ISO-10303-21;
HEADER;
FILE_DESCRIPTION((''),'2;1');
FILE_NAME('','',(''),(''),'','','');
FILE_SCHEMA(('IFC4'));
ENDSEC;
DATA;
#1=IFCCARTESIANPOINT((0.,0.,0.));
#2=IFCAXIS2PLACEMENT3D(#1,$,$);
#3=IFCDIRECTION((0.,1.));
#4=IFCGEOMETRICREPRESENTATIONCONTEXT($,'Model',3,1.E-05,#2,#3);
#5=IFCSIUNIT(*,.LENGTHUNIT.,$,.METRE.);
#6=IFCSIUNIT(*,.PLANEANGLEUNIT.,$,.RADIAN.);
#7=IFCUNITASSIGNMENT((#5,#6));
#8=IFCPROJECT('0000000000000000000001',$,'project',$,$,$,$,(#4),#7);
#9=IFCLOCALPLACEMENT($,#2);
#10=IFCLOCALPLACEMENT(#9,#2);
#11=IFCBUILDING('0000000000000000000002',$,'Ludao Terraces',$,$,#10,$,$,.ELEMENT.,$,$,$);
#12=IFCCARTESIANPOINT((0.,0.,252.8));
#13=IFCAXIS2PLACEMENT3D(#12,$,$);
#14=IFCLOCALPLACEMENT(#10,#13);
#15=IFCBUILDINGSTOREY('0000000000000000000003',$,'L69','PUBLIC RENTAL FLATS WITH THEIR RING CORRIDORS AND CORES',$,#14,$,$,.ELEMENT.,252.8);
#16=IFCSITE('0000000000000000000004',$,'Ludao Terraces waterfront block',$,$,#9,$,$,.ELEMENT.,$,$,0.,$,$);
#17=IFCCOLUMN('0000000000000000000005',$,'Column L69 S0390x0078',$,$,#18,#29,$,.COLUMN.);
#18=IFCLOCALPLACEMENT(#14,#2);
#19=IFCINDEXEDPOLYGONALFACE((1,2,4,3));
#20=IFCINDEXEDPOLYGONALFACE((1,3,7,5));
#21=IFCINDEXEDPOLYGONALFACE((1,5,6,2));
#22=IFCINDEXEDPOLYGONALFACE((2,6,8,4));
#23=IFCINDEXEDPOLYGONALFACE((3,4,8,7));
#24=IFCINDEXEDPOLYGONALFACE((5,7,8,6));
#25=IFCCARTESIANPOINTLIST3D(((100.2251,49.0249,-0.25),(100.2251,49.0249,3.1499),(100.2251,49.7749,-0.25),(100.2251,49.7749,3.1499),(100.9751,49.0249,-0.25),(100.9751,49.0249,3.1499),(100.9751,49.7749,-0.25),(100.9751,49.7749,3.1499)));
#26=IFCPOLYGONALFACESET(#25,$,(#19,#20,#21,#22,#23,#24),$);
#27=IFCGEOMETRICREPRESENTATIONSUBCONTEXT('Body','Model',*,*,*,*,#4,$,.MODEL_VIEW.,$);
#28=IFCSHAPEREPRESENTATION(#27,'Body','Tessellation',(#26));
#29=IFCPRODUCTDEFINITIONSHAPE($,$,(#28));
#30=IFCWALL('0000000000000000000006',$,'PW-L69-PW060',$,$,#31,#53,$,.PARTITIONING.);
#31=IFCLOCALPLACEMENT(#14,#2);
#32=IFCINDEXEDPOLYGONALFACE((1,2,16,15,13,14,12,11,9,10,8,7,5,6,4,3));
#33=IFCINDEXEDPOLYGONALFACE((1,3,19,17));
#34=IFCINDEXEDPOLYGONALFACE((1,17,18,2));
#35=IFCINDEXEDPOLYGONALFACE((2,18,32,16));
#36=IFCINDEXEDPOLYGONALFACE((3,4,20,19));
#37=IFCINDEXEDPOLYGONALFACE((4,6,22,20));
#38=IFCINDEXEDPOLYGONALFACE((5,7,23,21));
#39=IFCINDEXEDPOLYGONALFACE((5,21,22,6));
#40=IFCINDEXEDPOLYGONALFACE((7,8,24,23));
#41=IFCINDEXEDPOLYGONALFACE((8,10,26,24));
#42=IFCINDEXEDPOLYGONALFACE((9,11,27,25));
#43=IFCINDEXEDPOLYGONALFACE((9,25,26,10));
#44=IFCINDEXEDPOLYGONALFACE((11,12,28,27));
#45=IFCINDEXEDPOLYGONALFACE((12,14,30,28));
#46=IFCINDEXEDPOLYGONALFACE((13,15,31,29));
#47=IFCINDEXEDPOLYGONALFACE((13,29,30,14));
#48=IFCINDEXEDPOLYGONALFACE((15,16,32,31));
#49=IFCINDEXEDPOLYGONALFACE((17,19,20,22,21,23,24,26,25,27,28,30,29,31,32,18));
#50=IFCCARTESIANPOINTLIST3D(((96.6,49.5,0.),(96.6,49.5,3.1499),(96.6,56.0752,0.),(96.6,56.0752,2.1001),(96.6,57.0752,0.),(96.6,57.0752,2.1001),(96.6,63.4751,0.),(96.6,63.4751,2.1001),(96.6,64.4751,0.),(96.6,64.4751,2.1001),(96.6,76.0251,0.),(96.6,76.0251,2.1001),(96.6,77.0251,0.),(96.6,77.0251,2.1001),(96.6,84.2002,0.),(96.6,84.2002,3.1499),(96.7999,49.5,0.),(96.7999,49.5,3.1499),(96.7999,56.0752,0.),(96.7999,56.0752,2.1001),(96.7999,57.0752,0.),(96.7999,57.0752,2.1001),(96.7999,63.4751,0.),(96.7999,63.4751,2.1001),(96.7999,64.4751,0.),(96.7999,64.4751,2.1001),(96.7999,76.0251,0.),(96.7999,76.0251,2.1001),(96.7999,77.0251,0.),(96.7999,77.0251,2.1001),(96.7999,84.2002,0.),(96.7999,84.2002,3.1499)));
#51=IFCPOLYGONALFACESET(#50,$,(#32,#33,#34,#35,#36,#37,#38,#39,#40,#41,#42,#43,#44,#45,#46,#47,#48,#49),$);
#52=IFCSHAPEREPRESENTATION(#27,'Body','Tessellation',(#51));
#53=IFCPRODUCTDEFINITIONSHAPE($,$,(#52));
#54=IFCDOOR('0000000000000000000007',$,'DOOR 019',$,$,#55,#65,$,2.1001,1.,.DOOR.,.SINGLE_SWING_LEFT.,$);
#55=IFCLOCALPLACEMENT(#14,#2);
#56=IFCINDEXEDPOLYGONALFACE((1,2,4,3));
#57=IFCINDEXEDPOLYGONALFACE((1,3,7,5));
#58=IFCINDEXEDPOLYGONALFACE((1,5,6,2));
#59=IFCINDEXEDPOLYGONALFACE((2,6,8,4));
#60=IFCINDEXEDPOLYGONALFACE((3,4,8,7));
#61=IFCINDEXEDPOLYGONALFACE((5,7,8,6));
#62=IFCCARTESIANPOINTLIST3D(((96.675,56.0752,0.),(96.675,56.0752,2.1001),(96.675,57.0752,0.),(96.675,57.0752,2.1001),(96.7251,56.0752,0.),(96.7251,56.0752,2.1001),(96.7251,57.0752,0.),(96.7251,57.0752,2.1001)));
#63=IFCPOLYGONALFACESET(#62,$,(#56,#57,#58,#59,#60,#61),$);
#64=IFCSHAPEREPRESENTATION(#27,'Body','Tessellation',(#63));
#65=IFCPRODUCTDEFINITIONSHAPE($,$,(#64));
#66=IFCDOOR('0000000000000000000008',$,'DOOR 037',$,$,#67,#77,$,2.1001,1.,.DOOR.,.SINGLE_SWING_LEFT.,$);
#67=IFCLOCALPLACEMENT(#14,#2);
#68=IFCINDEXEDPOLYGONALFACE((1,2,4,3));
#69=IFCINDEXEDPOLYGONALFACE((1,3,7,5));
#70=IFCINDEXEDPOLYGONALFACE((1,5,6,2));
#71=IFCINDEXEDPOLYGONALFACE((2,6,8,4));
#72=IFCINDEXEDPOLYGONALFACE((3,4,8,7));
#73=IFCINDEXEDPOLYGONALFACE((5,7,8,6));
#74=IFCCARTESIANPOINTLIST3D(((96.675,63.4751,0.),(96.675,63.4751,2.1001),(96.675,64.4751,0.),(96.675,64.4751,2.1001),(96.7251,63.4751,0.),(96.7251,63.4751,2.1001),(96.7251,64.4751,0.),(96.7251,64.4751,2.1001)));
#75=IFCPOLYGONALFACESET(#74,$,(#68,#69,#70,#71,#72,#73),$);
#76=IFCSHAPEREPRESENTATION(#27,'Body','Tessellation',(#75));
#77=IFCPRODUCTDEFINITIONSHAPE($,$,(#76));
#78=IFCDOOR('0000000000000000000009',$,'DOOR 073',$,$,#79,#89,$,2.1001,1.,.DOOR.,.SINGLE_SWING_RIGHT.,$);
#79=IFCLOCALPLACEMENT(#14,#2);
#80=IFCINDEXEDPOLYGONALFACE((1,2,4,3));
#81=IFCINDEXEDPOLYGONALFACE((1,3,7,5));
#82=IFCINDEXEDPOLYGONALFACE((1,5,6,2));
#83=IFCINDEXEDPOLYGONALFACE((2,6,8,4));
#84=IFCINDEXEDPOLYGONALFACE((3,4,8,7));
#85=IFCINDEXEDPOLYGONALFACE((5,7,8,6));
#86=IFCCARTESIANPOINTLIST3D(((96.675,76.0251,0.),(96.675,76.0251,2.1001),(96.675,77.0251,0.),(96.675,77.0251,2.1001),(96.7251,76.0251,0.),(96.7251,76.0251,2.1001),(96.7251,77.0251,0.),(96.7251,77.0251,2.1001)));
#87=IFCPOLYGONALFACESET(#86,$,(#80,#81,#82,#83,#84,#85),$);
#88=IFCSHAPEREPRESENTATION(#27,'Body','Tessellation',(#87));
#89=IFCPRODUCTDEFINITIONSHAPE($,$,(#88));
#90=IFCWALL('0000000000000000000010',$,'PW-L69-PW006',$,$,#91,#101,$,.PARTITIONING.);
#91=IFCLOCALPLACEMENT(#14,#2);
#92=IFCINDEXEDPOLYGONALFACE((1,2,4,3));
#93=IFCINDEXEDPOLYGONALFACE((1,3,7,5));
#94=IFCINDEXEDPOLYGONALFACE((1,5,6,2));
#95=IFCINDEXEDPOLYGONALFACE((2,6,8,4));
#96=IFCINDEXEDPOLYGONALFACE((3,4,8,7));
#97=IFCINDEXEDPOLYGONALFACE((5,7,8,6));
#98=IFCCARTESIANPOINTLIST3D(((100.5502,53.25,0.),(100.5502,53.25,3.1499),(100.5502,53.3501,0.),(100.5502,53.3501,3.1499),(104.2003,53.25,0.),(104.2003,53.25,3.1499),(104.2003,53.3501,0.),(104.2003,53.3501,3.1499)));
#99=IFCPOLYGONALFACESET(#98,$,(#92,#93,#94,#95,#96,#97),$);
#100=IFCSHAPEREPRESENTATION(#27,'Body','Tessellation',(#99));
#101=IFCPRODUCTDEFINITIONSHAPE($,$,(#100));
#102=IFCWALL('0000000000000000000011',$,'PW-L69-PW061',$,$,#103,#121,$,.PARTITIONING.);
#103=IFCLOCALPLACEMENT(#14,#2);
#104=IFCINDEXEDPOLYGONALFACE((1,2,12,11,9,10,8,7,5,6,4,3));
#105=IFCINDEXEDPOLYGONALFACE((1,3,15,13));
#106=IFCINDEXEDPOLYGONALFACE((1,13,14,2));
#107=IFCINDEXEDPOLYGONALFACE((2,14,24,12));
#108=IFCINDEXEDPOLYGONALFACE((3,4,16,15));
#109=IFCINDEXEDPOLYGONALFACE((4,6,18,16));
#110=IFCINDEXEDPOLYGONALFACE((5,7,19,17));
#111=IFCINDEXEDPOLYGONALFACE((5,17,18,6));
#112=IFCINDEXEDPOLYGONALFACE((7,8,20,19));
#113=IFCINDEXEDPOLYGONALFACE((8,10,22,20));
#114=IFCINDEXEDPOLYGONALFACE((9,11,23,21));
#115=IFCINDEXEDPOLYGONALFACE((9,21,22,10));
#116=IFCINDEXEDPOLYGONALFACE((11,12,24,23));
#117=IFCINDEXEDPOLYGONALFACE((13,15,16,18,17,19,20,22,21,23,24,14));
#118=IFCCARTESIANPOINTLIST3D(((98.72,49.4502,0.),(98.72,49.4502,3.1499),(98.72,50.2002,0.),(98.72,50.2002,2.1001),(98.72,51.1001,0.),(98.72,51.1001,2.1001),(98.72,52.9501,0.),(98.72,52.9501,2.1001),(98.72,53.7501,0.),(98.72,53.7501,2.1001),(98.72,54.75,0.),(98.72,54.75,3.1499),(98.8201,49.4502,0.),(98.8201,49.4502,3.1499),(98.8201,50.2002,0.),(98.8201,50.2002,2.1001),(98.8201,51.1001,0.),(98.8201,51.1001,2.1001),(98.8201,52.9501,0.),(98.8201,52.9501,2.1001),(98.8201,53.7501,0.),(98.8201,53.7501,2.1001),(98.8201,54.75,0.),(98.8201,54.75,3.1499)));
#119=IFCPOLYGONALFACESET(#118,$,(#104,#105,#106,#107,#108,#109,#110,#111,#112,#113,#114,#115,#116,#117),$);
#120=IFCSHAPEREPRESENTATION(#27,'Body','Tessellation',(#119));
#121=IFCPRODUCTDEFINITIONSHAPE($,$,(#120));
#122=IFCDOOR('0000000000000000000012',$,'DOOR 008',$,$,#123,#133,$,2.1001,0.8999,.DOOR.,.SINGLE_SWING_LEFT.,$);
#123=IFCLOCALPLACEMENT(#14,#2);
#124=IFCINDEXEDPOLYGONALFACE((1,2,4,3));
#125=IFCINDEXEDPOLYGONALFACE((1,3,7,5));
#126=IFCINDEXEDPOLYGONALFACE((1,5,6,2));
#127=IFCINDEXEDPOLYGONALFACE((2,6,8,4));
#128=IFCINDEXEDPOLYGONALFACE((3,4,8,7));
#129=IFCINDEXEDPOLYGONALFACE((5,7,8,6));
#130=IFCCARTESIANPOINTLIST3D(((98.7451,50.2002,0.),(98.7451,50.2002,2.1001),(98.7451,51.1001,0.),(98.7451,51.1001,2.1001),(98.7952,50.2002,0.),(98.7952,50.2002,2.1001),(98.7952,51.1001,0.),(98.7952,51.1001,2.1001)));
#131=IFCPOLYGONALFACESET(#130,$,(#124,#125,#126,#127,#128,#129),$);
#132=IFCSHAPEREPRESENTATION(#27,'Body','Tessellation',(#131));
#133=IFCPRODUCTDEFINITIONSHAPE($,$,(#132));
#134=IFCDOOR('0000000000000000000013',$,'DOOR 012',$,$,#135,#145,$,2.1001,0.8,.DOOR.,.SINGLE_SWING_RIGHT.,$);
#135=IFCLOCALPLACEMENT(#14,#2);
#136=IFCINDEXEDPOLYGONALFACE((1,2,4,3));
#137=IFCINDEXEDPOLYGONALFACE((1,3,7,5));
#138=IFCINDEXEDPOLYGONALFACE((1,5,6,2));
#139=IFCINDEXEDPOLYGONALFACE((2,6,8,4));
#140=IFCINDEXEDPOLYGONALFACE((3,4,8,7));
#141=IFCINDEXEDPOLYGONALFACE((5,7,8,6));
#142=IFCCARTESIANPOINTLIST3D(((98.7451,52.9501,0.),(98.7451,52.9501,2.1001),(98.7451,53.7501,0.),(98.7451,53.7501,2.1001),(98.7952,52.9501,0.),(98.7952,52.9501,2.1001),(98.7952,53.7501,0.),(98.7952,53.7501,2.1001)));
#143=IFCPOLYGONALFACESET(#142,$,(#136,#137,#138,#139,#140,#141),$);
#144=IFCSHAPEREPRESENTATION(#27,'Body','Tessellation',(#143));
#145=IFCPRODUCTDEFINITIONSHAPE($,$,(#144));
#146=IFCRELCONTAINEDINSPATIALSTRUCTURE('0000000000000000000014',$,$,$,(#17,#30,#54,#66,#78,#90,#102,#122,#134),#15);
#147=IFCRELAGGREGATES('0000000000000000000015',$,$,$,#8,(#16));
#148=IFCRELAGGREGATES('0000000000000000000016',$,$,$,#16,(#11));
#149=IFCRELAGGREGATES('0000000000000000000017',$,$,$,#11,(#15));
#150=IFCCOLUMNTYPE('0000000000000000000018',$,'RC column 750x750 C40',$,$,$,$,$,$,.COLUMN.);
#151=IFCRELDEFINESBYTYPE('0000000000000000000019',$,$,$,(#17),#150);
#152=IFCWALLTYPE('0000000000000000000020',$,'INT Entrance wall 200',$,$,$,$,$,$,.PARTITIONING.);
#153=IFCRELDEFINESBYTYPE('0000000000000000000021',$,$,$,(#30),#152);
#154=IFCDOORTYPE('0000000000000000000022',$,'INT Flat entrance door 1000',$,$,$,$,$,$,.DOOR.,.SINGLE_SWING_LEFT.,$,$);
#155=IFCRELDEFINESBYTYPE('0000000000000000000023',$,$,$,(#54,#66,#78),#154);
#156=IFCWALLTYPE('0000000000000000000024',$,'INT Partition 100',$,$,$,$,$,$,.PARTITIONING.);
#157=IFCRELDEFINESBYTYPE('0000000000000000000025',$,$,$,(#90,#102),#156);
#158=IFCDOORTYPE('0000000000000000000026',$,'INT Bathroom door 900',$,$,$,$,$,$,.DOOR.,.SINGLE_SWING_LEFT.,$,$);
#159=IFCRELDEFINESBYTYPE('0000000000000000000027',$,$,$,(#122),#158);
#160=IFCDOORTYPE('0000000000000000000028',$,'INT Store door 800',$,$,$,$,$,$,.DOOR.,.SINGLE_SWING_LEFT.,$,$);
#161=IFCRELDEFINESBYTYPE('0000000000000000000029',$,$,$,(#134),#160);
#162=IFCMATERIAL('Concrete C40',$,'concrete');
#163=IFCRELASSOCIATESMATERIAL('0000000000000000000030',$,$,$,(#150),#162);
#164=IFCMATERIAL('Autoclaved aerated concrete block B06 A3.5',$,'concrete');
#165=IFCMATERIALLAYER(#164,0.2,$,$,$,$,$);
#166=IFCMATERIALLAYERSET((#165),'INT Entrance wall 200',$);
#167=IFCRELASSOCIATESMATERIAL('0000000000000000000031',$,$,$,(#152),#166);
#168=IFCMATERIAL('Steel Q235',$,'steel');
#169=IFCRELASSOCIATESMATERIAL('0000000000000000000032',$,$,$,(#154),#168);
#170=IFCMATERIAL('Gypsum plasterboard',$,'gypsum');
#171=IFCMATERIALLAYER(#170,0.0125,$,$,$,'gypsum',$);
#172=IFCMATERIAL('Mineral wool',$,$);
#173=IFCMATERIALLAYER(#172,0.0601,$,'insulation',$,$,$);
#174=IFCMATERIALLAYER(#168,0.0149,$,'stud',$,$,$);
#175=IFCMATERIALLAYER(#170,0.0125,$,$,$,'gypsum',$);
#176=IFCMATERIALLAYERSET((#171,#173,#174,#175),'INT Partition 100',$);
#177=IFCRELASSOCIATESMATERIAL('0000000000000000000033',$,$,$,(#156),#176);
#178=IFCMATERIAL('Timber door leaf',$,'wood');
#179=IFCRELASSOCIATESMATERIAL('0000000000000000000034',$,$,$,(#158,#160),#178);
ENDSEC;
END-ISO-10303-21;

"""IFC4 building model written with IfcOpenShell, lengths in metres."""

from ifc_helpers import new_model, si_unit, direction, frame, frame_2d, origin, origin_2d, place, context, subcontext, project, spatial, rectangle, extrude, material, layer, layer_set, material_profile, profile_set, type_object, element, fill, save


model = new_model("IFC4")

# Units and contexts
model_context = context("Model", 3, precision=1e-05, world=origin(), true_north=direction((0.0, 1.0)))
body_context = subcontext(model_context, "Body", "Model", "MODEL_VIEW")
ifc_project = project(units=[si_unit("LENGTHUNIT", "METRE"), si_unit("PLANEANGLEUNIT", "RADIAN")], contexts=[model_context])

# Site, building, storey
site_placement = place(None, origin())
site = spatial("IfcSite", under=ifc_project, at=site_placement, Name="Ludao Terraces waterfront block", CompositionType="ELEMENT", RefElevation=0.0)
building_placement = place(site_placement, origin())
building = spatial("IfcBuilding", under=site, at=building_placement, Name="Ludao Terraces", CompositionType="ELEMENT")
storey_placement = place(building_placement, frame((0.0, 0.0, 252.8)))
storey = spatial("IfcBuildingStorey", under=building, at=storey_placement, Name="L69", Description="PUBLIC RENTAL FLATS WITH THEIR RING CORRIDORS AND CORES", CompositionType="ELEMENT", Elevation=252.8)

# Column
ifc_material_1 = material(Name="Concrete C40", Category="concrete")
ifc_material_profile = material_profile(ifc_material_1, rectangle(XDim=0.75, YDim=0.75, at=origin_2d()), Name="750 X 750")
ifc_profile_set = profile_set([ifc_material_profile], Name="Concrete C40")
column_type = type_object("IfcColumnType", Name="RC column 750x750 C40", PredefinedType="COLUMN", material=ifc_profile_set)
column_placement = place(storey_placement, frame((100.6001, 49.3999, -0.25), z_axis=(0.0, 0.0, 1.0), x_axis=(1.0, 0.0, 0.0)))
element("IfcColumn", 1, at=column_placement, inside=storey, type_object=column_type, Name="Column L69 S0390x0078", PredefinedType="COLUMN", context=body_context, shape_type="SweptSolid", body=[
    extrude(rectangle(XDim=0.75, YDim=0.75, at=origin_2d()), origin(), (0.0, 0.0, 1.0), 3.3999),
])

# Wall, openings, doors
ifc_material_2 = material(Name="Autoclaved aerated concrete block B06 A3.5", Category="concrete")
ifc_layer_1 = layer(ifc_material_2, 0.2)
ifc_layer_set_1 = layer_set([ifc_layer_1], Name="INT Entrance wall 200")
wall_type_1 = type_object("IfcWallType", Name="INT Entrance wall 200", PredefinedType="PARTITIONING", material=ifc_layer_set_1)
wall_1_placement = place(storey_placement, frame((96.7, 49.5, 0.0), z_axis=(0.0, 0.0, 1.0), x_axis=(0.0, 1.0, 0.0)))
wall_1 = element("IfcWall", 2, at=wall_1_placement, inside=storey, type_object=wall_type_1, Name="PW-L69-PW060", PredefinedType="PARTITIONING", context=body_context, shape_type="SweptSolid", body=[
    extrude(rectangle(XDim=34.7002, YDim=0.2, at=frame_2d((17.3501, 0.0))), origin(), (0.0, 0.0, 1.0), 3.1499),
])
opening_1_placement = place(wall_1_placement, frame((6.5752, 0.0, 0.0)))
opening_1 = element("IfcOpeningElement", 3, at=opening_1_placement, cuts=wall_1, PredefinedType="OPENING", context=body_context, shape_type="SweptSolid", body=[
    extrude(rectangle(XDim=1.0, YDim=2.1001, at=frame_2d((0.5, 1.05))), frame((0.0, 0.1099, 0.0), z_axis=(0.0, -1.0, 0.0), x_axis=(1.0, 0.0, 0.0)), (0.0, 0.0, 1.0), 0.22),
])
opening_2_placement = place(wall_1_placement, frame((13.9751, 0.0, 0.0)))
opening_2 = element("IfcOpeningElement", 4, at=opening_2_placement, cuts=wall_1, PredefinedType="OPENING", context=body_context, shape_type="SweptSolid", body=[
    extrude(rectangle(XDim=1.0, YDim=2.1001, at=frame_2d((0.5, 1.05))), frame((0.0, 0.1099, 0.0), z_axis=(0.0, -1.0, 0.0), x_axis=(1.0, 0.0, 0.0)), (0.0, 0.0, 1.0), 0.22),
])
opening_3_placement = place(wall_1_placement, frame((26.5251, 0.0, 0.0)))
opening_3 = element("IfcOpeningElement", 5, at=opening_3_placement, cuts=wall_1, PredefinedType="OPENING", context=body_context, shape_type="SweptSolid", body=[
    extrude(rectangle(XDim=1.0, YDim=2.1001, at=frame_2d((0.5, 1.05))), frame((0.0, 0.1099, 0.0), z_axis=(0.0, -1.0, 0.0), x_axis=(1.0, 0.0, 0.0)), (0.0, 0.0, 1.0), 0.22),
])
ifc_material_3 = material(Name="Steel Q235", Category="steel")
door_type_1 = type_object("IfcDoorType", Name="INT Flat entrance door 1000", OperationType="SINGLE_SWING_LEFT", PredefinedType="DOOR", material=ifc_material_3)
door_1_placement = place(opening_1_placement, origin())
door_1 = element("IfcDoor", 6, at=door_1_placement, inside=storey, type_object=door_type_1, Name="DOOR 019", OperationType="SINGLE_SWING_LEFT", OverallHeight=2.1001, OverallWidth=1.0, PredefinedType="DOOR", context=body_context, shape_type="SweptSolid", body=[
    extrude(rectangle(XDim=1.0, YDim=2.1001, at=frame_2d((0.5, 1.05))), frame((0.0, 0.0249, 0.0), z_axis=(0.0, -1.0, 0.0), x_axis=(1.0, 0.0, 0.0)), (0.0, 0.0, 1.0), 0.05),
])
fill(opening_1, door_1)
door_2_placement = place(opening_2_placement, origin())
door_2 = element("IfcDoor", 7, at=door_2_placement, inside=storey, type_object=door_type_1, Name="DOOR 037", OperationType="SINGLE_SWING_LEFT", OverallHeight=2.1001, OverallWidth=1.0, PredefinedType="DOOR", context=body_context, shape_type="SweptSolid", body=[
    extrude(rectangle(XDim=1.0, YDim=2.1001, at=frame_2d((0.5, 1.05))), frame((0.0, 0.0249, 0.0), z_axis=(0.0, -1.0, 0.0), x_axis=(1.0, 0.0, 0.0)), (0.0, 0.0, 1.0), 0.05),
])
fill(opening_2, door_2)
door_3_placement = place(opening_3_placement, origin())
door_3 = element("IfcDoor", 8, at=door_3_placement, inside=storey, type_object=door_type_1, Name="DOOR 073", OperationType="SINGLE_SWING_RIGHT", OverallHeight=2.1001, OverallWidth=1.0, PredefinedType="DOOR", context=body_context, shape_type="SweptSolid", body=[
    extrude(rectangle(XDim=1.0, YDim=2.1001, at=frame_2d((0.5, 1.05))), frame((0.0, 0.0249, 0.0), z_axis=(0.0, -1.0, 0.0), x_axis=(1.0, 0.0, 0.0)), (0.0, 0.0, 1.0), 0.05),
])
fill(opening_3, door_3)

# Wall
ifc_material_4 = material(Name="Gypsum plasterboard", Category="gypsum")
ifc_layer_2 = layer(ifc_material_4, 0.0125, Category="gypsum")
ifc_material_5 = material(Name="Mineral wool")
ifc_layer_3 = layer(ifc_material_5, 0.0601, Name="insulation")
ifc_layer_4 = layer(ifc_material_3, 0.0149, Name="stud")
ifc_layer_5 = layer(ifc_material_4, 0.0125, Category="gypsum")
ifc_layer_set_2 = layer_set([ifc_layer_2, ifc_layer_3, ifc_layer_4, ifc_layer_5], Name="INT Partition 100")
wall_type_2 = type_object("IfcWallType", Name="INT Partition 100", PredefinedType="PARTITIONING", material=ifc_layer_set_2)
wall_2_placement = place(storey_placement, frame((100.55, 53.3, 0.0), z_axis=(0.0, 0.0, 1.0), x_axis=(1.0, 0.0, 0.0)))
element("IfcWall", 9, at=wall_2_placement, inside=storey, type_object=wall_type_2, Name="PW-L69-PW006", PredefinedType="PARTITIONING", context=body_context, shape_type="SweptSolid", body=[
    extrude(rectangle(XDim=3.6501, YDim=0.1001, at=frame_2d((1.8252, 0.0))), origin(), (0.0, 0.0, 1.0), 3.1499),
])

# Wall, openings, doors
wall_3_placement = place(storey_placement, frame((98.77, 49.4502, 0.0), z_axis=(0.0, 0.0, 1.0), x_axis=(0.0, 1.0, 0.0)))
wall_3 = element("IfcWall", 10, at=wall_3_placement, inside=storey, type_object=wall_type_2, Name="PW-L69-PW061", PredefinedType="PARTITIONING", context=body_context, shape_type="SweptSolid", body=[
    extrude(rectangle(XDim=5.2998, YDim=0.1001, at=frame_2d((2.6499, 0.0))), origin(), (0.0, 0.0, 1.0), 3.1499),
])
opening_4_placement = place(wall_3_placement, frame((0.75, 0.0, 0.0)))
opening_4 = element("IfcOpeningElement", 11, at=opening_4_placement, cuts=wall_3, PredefinedType="OPENING", context=body_context, shape_type="SweptSolid", body=[
    extrude(rectangle(XDim=0.8999, YDim=2.1001, at=frame_2d((0.45, 1.05))), frame((0.0, 0.0601, 0.0), z_axis=(0.0, -1.0, 0.0), x_axis=(1.0, 0.0, 0.0)), (0.0, 0.0, 1.0), 0.1201),
])
opening_5_placement = place(wall_3_placement, frame((3.5, 0.0, 0.0)))
opening_5 = element("IfcOpeningElement", 12, at=opening_5_placement, cuts=wall_3, PredefinedType="OPENING", context=body_context, shape_type="SweptSolid", body=[
    extrude(rectangle(XDim=0.8, YDim=2.1001, at=frame_2d((0.3999, 1.05))), frame((0.0, 0.0601, 0.0), z_axis=(0.0, -1.0, 0.0), x_axis=(1.0, 0.0, 0.0)), (0.0, 0.0, 1.0), 0.1201),
])
ifc_material_6 = material(Name="Timber door leaf", Category="wood")
door_type_2 = type_object("IfcDoorType", Name="INT Bathroom door 900", OperationType="SINGLE_SWING_LEFT", PredefinedType="DOOR", material=ifc_material_6)
door_4_placement = place(opening_4_placement, origin())
door_4 = element("IfcDoor", 13, at=door_4_placement, inside=storey, type_object=door_type_2, Name="DOOR 008", OperationType="SINGLE_SWING_LEFT", OverallHeight=2.1001, OverallWidth=0.8999, PredefinedType="DOOR", context=body_context, shape_type="SweptSolid", body=[
    extrude(rectangle(XDim=0.8999, YDim=2.1001, at=frame_2d((0.45, 1.05))), frame((0.0, 0.0249, 0.0), z_axis=(0.0, -1.0, 0.0), x_axis=(1.0, 0.0, 0.0)), (0.0, 0.0, 1.0), 0.05),
])
fill(opening_4, door_4)
door_type_3 = type_object("IfcDoorType", Name="INT Store door 800", OperationType="SINGLE_SWING_LEFT", PredefinedType="DOOR", material=ifc_material_6)
door_5_placement = place(opening_5_placement, origin())
door_5 = element("IfcDoor", 14, at=door_5_placement, inside=storey, type_object=door_type_3, Name="DOOR 012", OperationType="SINGLE_SWING_RIGHT", OverallHeight=2.1001, OverallWidth=0.8, PredefinedType="DOOR", context=body_context, shape_type="SweptSolid", body=[
    extrude(rectangle(XDim=0.8, YDim=2.1001, at=frame_2d((0.3999, 1.05))), frame((0.0, 0.0249, 0.0), z_axis=(0.0, -1.0, 0.0), x_axis=(1.0, 0.0, 0.0)), (0.0, 0.0, 1.0), 0.05),
])
fill(opening_5, door_5)

save(model, "model.ifc")
